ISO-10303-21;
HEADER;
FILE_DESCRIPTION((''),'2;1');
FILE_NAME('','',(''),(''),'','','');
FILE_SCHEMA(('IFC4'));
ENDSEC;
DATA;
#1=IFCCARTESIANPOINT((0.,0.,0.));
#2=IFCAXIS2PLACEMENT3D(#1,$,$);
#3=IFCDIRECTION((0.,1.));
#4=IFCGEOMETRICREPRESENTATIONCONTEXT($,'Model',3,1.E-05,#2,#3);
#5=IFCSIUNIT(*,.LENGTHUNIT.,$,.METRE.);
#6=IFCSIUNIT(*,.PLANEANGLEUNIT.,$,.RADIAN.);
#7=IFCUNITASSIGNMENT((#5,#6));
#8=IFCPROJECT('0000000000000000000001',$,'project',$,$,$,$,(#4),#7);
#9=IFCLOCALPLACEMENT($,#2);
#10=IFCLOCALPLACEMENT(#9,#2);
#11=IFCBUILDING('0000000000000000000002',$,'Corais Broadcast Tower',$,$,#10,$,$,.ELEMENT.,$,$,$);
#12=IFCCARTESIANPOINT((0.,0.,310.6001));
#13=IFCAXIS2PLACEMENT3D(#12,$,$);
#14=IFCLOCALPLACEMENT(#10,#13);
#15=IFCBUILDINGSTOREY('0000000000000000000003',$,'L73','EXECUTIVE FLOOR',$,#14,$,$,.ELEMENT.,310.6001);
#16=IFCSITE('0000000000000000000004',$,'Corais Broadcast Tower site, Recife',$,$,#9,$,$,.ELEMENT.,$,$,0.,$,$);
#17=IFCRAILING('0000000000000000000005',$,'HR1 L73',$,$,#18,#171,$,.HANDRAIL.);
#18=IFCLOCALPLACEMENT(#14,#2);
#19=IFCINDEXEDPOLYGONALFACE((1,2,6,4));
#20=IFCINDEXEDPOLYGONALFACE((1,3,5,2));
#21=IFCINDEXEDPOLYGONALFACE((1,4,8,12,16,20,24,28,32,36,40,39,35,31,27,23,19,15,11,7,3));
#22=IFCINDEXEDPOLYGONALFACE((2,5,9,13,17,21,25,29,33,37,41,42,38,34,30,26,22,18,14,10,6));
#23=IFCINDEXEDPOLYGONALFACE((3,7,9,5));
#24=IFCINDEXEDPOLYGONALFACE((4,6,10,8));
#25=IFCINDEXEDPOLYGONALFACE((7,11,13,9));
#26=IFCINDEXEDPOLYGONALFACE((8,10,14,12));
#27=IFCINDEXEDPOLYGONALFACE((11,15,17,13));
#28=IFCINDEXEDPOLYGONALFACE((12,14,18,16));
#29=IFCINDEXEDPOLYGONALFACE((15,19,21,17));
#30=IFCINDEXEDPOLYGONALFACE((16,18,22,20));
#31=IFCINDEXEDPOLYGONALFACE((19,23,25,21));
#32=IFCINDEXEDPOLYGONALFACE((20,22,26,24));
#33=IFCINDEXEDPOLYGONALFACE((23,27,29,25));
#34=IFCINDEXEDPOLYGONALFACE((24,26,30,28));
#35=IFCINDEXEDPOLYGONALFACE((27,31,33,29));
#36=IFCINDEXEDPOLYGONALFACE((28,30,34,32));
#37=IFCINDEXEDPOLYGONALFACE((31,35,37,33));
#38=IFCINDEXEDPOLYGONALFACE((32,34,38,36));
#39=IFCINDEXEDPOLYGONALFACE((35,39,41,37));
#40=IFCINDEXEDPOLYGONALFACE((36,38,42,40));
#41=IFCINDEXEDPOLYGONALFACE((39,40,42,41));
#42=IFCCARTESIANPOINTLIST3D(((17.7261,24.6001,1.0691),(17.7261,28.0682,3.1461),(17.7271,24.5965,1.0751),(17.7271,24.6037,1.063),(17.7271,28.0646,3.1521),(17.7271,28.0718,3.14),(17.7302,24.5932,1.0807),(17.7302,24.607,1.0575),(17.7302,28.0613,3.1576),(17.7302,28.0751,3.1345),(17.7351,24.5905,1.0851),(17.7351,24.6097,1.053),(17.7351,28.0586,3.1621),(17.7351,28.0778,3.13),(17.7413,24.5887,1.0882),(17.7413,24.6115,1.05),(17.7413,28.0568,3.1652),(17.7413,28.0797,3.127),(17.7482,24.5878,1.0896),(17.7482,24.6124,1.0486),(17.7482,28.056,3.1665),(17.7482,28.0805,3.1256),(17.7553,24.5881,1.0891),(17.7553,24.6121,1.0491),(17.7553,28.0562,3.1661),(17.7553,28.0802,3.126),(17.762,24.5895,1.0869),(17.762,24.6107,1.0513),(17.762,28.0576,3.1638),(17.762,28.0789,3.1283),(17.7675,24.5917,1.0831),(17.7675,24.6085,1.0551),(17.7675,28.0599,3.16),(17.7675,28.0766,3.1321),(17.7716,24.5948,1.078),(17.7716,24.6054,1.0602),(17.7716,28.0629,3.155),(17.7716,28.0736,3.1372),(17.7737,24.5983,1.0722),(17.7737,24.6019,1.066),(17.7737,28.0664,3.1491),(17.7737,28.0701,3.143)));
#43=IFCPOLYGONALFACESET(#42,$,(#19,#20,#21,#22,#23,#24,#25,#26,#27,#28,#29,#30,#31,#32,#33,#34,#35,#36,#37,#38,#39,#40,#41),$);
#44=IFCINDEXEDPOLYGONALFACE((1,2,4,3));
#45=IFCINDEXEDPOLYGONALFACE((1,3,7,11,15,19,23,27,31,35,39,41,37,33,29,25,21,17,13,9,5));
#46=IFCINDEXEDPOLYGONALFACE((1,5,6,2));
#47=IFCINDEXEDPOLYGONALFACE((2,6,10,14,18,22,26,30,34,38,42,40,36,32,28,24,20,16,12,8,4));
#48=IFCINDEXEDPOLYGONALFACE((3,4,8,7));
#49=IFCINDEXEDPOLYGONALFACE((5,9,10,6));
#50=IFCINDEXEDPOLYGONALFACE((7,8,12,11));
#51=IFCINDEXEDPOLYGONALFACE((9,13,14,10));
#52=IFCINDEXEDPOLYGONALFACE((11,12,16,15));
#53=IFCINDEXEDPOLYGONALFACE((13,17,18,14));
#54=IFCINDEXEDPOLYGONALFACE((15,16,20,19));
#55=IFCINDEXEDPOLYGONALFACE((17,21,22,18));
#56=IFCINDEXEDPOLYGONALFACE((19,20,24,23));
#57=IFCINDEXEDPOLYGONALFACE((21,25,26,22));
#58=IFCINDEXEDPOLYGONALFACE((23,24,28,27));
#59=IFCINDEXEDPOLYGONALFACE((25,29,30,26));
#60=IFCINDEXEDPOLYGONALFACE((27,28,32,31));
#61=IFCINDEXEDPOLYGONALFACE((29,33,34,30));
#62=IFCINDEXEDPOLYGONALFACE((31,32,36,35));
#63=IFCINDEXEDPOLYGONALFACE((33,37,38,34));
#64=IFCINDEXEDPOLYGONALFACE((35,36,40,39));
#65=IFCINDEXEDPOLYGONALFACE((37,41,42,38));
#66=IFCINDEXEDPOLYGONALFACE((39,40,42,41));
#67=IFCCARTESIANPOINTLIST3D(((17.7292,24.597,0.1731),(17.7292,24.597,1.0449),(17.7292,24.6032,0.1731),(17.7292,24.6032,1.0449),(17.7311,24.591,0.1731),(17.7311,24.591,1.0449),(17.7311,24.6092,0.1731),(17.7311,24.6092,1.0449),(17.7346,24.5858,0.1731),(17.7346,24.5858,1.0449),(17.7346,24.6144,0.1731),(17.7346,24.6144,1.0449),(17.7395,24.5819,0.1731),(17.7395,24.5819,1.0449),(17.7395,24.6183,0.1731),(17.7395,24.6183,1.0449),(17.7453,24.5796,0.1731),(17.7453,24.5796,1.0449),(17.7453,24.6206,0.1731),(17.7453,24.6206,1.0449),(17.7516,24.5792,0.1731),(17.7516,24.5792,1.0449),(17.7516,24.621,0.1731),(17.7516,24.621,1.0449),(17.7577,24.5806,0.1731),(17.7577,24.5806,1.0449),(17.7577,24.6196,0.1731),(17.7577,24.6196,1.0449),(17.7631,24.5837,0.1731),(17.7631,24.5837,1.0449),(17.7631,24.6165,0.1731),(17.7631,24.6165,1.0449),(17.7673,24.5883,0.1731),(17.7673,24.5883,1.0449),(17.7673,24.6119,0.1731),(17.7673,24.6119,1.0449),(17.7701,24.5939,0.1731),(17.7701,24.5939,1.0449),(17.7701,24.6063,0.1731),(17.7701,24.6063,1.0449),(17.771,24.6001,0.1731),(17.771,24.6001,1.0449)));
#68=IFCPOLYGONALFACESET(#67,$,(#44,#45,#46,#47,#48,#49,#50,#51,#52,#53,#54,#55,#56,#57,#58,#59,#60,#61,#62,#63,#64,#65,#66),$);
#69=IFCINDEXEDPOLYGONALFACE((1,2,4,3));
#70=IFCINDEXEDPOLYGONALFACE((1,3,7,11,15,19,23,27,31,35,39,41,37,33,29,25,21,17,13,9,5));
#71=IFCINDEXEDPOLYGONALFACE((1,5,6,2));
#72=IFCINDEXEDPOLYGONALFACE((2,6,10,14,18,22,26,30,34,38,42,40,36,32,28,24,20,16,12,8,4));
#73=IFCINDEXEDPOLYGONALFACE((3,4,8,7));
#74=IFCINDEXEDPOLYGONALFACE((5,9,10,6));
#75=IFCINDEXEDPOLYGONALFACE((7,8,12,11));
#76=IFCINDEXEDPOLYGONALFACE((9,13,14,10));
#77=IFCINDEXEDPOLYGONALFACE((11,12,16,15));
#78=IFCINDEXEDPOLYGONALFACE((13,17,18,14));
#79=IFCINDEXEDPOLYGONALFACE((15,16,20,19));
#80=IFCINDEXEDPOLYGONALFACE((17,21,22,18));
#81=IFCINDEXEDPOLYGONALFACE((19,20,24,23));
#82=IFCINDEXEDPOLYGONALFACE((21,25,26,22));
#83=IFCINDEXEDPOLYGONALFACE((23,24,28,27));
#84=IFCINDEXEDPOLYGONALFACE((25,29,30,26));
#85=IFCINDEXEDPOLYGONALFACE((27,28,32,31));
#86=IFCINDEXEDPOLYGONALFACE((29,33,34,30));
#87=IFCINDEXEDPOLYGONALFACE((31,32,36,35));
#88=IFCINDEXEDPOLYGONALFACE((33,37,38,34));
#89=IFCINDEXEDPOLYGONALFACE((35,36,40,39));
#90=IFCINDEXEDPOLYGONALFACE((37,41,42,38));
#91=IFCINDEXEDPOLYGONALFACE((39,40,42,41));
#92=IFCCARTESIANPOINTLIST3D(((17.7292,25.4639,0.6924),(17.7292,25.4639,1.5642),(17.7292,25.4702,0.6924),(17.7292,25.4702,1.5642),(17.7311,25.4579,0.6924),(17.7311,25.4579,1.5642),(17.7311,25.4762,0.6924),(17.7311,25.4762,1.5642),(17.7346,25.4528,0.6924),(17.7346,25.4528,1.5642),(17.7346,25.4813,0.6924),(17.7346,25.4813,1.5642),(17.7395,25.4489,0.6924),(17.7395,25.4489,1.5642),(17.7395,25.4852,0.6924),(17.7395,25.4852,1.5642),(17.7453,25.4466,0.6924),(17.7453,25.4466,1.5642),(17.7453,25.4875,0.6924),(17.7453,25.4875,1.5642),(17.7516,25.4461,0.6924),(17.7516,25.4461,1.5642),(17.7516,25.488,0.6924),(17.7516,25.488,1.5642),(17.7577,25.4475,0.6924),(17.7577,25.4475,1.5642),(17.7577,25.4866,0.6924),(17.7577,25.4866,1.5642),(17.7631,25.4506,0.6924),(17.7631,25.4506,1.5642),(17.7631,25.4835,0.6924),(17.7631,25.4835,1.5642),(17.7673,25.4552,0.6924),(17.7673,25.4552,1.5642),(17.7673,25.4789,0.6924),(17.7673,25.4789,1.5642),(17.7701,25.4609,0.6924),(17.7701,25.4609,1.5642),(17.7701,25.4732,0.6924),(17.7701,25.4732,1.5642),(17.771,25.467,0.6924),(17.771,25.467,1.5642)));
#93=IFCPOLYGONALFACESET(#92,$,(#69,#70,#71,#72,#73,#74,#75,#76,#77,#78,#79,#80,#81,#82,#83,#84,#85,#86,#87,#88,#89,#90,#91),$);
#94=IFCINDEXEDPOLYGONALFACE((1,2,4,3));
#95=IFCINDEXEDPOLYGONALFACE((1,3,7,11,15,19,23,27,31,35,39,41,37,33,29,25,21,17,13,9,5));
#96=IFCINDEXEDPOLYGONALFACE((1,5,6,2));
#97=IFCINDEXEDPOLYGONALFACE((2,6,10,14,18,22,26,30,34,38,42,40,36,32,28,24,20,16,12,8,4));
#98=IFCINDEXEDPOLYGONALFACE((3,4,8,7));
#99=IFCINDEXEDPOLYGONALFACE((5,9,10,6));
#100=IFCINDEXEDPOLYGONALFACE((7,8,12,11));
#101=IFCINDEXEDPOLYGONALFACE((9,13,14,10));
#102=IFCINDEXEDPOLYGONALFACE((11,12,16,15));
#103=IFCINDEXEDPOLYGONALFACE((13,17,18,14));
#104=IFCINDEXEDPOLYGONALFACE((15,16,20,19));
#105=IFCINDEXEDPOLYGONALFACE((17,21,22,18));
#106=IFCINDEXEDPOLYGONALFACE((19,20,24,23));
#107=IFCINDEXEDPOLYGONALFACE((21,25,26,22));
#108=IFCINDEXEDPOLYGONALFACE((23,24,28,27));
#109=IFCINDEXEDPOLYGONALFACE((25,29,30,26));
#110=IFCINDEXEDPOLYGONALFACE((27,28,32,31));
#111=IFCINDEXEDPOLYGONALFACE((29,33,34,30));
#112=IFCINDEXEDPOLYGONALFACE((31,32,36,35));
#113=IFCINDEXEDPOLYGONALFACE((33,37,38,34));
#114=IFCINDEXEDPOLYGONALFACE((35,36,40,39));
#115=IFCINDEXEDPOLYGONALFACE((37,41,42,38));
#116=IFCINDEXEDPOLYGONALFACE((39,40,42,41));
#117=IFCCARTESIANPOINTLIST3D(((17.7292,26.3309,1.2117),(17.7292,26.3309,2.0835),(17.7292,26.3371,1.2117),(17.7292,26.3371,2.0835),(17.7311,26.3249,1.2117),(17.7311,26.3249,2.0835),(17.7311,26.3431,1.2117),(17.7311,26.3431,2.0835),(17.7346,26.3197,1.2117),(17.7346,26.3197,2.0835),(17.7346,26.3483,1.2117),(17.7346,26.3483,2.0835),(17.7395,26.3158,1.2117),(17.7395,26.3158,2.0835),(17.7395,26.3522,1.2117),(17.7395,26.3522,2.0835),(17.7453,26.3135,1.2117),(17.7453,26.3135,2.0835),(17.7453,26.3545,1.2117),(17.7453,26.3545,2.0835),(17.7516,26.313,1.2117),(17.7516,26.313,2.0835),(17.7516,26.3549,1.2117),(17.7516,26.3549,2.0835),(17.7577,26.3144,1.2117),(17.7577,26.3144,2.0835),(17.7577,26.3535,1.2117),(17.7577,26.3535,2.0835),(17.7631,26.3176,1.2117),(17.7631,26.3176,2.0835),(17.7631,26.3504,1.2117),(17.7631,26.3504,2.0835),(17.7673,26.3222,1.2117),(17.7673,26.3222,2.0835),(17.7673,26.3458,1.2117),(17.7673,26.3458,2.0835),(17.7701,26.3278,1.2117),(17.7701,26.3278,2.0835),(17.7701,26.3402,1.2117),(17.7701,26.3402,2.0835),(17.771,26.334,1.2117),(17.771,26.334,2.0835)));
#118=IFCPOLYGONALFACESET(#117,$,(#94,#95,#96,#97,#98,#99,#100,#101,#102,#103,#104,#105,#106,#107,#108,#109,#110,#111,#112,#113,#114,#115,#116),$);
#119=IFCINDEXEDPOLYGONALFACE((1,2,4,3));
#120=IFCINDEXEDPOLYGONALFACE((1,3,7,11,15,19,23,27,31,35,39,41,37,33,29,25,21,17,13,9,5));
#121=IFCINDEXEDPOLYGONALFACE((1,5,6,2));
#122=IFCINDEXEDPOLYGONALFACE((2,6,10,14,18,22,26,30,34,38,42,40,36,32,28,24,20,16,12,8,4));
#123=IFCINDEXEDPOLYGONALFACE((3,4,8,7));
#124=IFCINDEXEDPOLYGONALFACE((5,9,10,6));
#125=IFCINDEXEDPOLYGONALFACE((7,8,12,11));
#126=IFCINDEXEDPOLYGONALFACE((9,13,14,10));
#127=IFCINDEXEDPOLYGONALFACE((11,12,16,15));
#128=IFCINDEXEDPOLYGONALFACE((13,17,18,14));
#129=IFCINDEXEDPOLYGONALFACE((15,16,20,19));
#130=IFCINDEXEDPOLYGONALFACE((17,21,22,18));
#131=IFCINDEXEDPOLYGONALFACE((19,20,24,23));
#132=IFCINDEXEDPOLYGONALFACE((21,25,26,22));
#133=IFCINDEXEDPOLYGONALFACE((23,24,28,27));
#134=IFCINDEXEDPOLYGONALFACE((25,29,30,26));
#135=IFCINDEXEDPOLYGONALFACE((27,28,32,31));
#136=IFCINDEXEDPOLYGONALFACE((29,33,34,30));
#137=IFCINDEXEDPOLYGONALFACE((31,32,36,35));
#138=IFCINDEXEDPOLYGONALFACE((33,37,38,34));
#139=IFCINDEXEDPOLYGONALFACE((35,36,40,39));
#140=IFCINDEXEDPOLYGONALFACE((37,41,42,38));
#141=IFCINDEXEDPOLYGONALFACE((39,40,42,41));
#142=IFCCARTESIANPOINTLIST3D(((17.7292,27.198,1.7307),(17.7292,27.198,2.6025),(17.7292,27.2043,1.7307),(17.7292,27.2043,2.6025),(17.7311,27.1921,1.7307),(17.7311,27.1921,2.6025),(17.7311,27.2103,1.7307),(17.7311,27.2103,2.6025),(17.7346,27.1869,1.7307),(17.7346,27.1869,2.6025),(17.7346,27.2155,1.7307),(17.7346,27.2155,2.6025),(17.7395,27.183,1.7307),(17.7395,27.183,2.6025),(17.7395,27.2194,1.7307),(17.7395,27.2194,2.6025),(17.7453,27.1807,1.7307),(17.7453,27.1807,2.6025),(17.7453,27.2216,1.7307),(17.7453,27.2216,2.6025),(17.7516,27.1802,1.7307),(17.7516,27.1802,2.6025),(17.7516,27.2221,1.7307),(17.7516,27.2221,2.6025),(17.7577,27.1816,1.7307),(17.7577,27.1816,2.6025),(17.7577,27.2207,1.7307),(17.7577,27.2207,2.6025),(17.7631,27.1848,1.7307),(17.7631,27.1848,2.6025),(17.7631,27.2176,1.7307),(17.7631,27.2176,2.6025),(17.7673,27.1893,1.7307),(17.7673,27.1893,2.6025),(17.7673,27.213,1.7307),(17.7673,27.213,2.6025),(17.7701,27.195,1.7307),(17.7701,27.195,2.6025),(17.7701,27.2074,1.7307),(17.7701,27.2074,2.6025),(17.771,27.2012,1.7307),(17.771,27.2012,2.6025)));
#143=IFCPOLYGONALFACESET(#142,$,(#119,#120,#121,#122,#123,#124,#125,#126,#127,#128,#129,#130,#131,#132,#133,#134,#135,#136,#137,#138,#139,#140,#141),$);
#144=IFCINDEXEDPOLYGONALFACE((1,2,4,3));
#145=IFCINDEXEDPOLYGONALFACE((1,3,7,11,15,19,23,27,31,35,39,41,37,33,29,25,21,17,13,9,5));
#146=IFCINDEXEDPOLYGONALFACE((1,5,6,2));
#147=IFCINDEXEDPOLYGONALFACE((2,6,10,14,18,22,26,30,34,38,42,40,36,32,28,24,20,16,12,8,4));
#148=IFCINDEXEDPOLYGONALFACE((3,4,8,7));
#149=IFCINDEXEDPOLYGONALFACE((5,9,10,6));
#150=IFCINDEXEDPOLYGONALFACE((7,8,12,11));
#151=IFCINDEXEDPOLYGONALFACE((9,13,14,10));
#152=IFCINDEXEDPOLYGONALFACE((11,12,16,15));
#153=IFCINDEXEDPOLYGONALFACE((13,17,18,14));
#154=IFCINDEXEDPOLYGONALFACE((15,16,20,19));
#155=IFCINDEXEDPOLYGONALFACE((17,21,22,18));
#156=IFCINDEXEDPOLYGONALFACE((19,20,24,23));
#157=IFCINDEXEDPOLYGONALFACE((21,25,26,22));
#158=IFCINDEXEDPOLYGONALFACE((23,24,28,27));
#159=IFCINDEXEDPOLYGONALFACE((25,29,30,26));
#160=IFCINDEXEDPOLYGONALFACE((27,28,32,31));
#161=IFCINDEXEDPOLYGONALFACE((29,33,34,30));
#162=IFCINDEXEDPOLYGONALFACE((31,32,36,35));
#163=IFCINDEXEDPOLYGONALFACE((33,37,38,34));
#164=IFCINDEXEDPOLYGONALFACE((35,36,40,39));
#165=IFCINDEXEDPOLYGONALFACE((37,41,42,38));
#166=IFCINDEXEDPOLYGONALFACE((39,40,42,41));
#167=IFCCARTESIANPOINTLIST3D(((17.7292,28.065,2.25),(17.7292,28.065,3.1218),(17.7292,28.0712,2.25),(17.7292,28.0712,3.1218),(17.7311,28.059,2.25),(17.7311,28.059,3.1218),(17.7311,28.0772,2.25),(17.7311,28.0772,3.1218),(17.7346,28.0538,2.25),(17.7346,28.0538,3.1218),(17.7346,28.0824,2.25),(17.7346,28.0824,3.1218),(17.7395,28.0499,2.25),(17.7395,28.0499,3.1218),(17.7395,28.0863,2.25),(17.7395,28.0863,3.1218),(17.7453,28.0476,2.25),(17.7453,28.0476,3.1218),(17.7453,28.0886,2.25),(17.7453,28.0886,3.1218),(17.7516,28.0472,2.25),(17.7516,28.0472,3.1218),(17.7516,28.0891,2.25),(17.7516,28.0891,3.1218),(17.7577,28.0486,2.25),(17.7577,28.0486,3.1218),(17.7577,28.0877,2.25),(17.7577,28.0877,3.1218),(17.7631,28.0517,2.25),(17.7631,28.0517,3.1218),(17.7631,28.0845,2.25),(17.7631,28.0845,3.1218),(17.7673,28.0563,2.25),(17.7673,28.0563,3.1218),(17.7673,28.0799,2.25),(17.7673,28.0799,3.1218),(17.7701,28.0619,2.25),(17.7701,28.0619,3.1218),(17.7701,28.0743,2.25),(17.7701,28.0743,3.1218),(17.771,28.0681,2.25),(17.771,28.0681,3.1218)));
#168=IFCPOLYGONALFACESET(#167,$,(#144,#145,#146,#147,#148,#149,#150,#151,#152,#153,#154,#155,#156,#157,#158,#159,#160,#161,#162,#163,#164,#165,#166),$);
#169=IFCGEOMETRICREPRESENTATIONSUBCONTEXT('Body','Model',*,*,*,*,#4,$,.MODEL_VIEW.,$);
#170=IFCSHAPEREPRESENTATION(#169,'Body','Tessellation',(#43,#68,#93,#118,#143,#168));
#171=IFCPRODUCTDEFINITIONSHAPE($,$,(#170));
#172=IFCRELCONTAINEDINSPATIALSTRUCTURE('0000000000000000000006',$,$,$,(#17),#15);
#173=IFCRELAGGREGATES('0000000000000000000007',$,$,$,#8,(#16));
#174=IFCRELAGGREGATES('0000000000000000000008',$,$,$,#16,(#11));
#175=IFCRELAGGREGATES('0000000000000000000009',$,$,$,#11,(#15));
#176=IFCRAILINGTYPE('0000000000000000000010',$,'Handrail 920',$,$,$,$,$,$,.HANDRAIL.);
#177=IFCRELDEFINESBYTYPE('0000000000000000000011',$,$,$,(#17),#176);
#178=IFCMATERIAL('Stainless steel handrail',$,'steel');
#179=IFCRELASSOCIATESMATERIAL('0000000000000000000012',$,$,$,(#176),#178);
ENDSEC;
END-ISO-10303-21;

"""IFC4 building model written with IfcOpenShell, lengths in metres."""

from ifc_helpers import new_model, si_unit, direction, frame, origin, origin_2d, place, context, subcontext, project, spatial, circle, extrude, material, type_object, element, save


model = new_model("IFC4")

# Units and contexts
model_context = context("Model", 3, precision=1e-05, world=origin(), true_north=direction((0.0, 1.0)))
body_context = subcontext(model_context, "Body", "Model", "MODEL_VIEW")
ifc_project = project(units=[si_unit("LENGTHUNIT", "METRE"), si_unit("PLANEANGLEUNIT", "RADIAN")], contexts=[model_context])

# Site, building, storey
site_placement = place(None, origin())
site = spatial("IfcSite", under=ifc_project, at=site_placement, Name="Corais Broadcast Tower site, Recife", CompositionType="ELEMENT", RefElevation=0.0)
building_placement = place(site_placement, origin())
building = spatial("IfcBuilding", under=site, at=building_placement, Name="Corais Broadcast Tower", CompositionType="ELEMENT")
storey_placement = place(building_placement, frame((0.0, 0.0, 310.6001)))
storey = spatial("IfcBuildingStorey", under=building, at=storey_placement, Name="L73", Description="EXECUTIVE FLOOR", CompositionType="ELEMENT", Elevation=310.6001)

# Railing
ifc_material_1 = material(Name="Stainless steel handrail", Category="steel")
railing_type = type_object("IfcRailingType", Name="Handrail 920", PredefinedType="HANDRAIL", material=ifc_material_1)
for number, where, name in (
    (1, (17.75, 24.6001, 0.1731), "HR1 L73"),
):
    element("IfcRailing", number, at=place(storey_placement, frame(where)), inside=storey, type_object=railing_type, Name=name, PredefinedType="HANDRAIL", context=body_context, shape_type="SweptSolid", body=[
        extrude(circle(Radius=0.0239, at=origin_2d()), frame((0.0, 0.0, 0.896), z_axis=(0.0, 0.857919, 0.513785), x_axis=(-1.0, 0.0, 0.0)), (0.0, 0.0, 1.0), 4.0425),
        extrude(circle(Radius=0.021, at=origin_2d()), origin(), (0.0, 0.0, 1.0), 0.8718),
        extrude(circle(Radius=0.021, at=origin_2d()), frame((0.0, 0.8669, 0.5193)), (0.0, 0.0, 1.0), 0.8718),
        extrude(circle(Radius=0.021, at=origin_2d()), frame((0.0, 1.7339, 1.0386)), (0.0, 0.0, 1.0), 0.8718),
        extrude(circle(Radius=0.021, at=origin_2d()), frame((0.0, 2.6011, 1.5576)), (0.0, 0.0, 1.0), 0.8718),
        extrude(circle(Radius=0.021, at=origin_2d()), frame((0.0, 3.468, 2.0769)), (0.0, 0.0, 1.0), 0.8718),
    ])

save(model, "model.ifc")
